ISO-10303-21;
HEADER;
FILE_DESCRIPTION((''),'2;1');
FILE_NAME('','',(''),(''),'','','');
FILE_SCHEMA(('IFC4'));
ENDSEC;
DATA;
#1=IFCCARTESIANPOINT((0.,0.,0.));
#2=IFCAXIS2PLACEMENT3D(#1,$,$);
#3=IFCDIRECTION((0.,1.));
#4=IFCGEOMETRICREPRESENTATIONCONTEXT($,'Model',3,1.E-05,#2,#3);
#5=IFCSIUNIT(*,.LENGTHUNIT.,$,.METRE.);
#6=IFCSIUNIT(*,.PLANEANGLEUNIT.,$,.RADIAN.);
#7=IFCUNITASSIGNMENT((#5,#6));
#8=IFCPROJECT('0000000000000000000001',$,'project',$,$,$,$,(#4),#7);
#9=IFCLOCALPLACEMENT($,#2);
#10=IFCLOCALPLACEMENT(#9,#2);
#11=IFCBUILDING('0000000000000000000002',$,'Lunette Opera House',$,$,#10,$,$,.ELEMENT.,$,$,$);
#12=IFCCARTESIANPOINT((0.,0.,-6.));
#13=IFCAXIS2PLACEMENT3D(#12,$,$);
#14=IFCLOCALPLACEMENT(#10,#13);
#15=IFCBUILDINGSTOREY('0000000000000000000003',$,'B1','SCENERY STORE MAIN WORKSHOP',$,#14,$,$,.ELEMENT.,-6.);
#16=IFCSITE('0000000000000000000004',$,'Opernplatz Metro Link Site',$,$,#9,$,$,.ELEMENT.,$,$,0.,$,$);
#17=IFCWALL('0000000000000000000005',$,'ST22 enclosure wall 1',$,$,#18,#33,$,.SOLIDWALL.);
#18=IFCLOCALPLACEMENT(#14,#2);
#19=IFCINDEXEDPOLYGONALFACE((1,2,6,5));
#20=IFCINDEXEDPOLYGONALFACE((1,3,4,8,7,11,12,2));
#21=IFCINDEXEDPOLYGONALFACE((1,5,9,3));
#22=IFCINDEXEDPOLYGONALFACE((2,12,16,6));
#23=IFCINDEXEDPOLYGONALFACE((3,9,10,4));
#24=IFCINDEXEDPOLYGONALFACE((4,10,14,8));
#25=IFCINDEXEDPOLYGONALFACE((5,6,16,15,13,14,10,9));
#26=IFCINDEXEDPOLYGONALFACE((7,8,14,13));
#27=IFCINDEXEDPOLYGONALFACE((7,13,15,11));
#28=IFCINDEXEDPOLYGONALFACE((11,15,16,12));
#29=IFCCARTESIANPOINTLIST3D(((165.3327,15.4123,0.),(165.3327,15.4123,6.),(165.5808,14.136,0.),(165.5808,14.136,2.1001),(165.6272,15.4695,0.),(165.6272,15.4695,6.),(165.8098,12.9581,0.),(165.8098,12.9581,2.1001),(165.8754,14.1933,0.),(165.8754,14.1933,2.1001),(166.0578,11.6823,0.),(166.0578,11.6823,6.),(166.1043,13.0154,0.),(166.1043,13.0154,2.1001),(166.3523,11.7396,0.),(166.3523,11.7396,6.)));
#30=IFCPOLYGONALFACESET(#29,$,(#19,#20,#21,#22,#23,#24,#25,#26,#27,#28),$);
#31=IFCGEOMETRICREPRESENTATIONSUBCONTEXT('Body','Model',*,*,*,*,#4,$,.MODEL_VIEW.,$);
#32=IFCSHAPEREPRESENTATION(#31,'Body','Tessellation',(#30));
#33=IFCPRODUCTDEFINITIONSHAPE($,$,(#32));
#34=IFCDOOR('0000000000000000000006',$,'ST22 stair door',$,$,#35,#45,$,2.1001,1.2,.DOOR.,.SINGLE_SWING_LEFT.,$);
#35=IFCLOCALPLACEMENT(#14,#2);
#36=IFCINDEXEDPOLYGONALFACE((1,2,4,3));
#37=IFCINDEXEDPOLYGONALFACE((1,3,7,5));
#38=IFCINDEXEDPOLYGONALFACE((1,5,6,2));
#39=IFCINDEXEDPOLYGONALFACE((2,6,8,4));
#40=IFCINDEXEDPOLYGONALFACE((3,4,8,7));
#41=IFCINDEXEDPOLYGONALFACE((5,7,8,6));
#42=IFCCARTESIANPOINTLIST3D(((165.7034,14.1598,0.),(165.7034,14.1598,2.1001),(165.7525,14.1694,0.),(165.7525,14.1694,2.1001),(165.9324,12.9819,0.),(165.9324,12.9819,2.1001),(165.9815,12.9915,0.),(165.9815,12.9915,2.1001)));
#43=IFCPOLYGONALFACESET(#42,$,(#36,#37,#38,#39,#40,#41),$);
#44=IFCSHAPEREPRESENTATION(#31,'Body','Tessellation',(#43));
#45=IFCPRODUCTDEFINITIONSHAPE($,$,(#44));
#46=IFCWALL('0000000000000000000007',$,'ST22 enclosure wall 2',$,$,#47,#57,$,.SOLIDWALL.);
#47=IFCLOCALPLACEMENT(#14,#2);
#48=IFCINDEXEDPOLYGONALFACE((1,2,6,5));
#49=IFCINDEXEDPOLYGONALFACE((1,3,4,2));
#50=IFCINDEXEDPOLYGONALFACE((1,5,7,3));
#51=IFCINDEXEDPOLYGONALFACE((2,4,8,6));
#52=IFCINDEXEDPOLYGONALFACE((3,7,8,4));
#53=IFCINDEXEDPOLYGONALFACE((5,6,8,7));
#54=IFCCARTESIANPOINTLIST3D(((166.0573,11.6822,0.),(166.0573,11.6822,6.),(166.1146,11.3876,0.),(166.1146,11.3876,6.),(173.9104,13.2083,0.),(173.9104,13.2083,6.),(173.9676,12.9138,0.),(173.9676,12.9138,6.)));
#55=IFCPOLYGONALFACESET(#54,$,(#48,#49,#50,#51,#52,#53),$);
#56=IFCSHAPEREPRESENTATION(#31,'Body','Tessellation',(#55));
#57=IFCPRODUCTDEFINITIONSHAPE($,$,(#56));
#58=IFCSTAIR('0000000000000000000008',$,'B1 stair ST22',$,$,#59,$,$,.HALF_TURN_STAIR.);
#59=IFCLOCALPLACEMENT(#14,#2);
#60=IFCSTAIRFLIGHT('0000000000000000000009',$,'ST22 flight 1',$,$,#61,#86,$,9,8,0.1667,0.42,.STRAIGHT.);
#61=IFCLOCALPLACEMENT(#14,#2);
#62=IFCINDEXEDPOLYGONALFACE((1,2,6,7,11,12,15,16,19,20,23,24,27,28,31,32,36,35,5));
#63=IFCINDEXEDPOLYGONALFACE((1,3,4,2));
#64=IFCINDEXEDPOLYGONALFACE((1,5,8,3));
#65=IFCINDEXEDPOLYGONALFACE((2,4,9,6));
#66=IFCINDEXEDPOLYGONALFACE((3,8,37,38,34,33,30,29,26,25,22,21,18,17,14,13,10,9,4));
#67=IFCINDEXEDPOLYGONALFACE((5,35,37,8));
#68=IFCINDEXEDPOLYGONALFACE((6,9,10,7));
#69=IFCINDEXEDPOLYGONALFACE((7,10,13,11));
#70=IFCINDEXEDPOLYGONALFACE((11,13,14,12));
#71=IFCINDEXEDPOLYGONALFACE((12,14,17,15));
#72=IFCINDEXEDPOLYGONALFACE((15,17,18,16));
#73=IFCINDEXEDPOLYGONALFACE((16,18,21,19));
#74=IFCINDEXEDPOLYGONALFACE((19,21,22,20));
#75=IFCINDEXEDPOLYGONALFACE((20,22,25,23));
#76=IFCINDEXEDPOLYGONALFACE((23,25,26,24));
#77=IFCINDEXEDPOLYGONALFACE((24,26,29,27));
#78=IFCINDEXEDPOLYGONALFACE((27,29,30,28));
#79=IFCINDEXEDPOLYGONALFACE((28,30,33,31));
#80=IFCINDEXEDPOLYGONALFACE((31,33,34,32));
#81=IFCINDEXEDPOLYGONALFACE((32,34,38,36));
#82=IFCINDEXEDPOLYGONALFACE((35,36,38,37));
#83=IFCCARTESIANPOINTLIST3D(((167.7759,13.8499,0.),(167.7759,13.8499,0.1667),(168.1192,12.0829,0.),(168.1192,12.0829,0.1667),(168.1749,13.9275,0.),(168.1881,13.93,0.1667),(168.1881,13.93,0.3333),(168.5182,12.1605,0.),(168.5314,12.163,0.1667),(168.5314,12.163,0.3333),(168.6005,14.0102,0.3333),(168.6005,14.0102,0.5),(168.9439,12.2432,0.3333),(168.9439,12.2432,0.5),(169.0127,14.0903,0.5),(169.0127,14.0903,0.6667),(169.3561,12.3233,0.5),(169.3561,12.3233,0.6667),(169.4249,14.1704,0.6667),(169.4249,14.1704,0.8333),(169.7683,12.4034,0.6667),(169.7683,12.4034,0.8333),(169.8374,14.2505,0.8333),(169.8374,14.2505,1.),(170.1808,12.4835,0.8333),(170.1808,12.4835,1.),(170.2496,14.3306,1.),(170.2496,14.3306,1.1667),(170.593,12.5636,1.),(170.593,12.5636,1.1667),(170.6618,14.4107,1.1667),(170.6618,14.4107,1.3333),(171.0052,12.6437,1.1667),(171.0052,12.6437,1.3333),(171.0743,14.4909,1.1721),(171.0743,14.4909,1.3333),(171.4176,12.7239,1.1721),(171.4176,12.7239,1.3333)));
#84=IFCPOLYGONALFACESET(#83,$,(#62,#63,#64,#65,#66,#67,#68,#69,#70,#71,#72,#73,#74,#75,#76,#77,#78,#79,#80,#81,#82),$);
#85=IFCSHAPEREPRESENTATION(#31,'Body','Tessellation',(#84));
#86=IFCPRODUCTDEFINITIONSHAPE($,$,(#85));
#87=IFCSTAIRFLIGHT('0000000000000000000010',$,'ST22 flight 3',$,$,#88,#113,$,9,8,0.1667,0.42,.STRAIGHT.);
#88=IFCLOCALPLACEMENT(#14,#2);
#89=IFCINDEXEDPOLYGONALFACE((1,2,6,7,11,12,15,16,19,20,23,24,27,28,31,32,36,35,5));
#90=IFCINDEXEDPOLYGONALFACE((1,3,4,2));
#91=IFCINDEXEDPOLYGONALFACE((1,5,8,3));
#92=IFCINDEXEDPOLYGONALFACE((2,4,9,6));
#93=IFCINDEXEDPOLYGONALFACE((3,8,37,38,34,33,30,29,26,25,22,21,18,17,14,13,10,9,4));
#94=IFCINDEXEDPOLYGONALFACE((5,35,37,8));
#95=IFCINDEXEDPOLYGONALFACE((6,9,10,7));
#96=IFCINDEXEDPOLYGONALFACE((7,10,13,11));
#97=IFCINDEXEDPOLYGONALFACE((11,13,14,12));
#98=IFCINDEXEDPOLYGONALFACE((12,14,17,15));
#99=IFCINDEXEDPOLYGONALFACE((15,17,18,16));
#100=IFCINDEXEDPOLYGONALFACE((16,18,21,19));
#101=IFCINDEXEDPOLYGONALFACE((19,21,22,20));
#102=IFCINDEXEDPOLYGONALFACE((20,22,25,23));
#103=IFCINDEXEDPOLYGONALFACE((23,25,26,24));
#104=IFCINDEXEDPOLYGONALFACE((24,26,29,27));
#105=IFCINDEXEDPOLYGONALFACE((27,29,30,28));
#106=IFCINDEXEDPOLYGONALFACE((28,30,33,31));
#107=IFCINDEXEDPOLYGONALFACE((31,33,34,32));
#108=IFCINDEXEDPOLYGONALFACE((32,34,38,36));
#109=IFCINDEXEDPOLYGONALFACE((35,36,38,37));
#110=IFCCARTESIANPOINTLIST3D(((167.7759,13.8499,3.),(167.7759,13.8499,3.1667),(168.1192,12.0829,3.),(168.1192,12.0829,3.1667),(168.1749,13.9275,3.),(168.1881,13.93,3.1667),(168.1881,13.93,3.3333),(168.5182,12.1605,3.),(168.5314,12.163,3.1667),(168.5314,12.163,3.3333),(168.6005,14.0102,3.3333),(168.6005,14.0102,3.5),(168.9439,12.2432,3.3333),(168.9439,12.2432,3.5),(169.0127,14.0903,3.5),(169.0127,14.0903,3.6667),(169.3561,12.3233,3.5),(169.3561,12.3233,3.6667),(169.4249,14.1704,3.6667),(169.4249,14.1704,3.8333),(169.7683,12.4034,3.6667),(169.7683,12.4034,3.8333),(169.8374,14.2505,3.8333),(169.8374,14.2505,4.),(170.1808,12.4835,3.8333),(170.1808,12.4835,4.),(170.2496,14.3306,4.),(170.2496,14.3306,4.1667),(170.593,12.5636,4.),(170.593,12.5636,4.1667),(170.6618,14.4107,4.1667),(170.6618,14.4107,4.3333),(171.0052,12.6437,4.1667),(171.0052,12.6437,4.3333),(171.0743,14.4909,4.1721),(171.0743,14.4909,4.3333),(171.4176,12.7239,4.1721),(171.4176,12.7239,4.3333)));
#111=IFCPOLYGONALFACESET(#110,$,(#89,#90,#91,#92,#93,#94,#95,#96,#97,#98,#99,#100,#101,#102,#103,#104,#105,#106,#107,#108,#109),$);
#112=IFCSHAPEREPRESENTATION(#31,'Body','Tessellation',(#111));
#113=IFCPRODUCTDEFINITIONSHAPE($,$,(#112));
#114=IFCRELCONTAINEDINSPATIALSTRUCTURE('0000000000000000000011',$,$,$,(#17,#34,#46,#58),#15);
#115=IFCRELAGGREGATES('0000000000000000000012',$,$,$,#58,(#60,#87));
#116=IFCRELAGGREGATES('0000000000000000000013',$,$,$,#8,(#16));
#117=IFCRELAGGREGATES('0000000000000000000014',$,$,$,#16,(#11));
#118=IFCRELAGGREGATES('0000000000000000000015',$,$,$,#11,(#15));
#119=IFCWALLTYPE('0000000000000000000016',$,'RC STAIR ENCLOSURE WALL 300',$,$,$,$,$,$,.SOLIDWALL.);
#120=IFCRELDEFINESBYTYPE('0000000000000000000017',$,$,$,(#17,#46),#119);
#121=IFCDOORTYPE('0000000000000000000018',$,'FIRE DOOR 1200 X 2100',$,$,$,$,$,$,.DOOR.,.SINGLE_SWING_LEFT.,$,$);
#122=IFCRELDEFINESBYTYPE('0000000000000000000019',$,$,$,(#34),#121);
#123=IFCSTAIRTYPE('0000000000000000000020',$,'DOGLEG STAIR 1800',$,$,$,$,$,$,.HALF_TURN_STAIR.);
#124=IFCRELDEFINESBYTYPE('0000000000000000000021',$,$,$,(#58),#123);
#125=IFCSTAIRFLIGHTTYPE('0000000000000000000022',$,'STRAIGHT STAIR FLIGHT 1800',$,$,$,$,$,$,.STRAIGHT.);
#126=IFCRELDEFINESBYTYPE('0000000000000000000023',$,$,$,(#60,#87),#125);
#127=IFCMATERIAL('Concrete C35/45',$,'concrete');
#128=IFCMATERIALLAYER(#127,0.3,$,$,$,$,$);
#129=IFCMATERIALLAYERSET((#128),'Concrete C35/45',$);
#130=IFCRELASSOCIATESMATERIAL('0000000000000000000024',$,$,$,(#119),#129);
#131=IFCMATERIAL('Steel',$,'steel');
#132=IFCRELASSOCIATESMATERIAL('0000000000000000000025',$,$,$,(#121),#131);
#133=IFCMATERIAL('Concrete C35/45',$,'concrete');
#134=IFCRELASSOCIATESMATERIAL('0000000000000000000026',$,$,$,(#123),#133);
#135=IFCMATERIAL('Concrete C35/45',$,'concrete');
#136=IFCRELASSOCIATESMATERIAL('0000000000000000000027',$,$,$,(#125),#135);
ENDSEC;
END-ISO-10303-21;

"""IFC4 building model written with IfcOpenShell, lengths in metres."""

from ifc_helpers import new_model, si_unit, direction, frame, frame_2d, origin, place, context, subcontext, project, spatial, polyline, rectangle, outline, extrude, material, layer, layer_set, type_object, element, fill, aggregate, save


model = new_model("IFC4")

# Units and contexts
model_context = context("Model", 3, precision=1e-05, world=origin(), true_north=direction((0.0, 1.0)))
body_context = subcontext(model_context, "Body", "Model", "MODEL_VIEW")
ifc_project = project(units=[si_unit("LENGTHUNIT", "METRE"), si_unit("PLANEANGLEUNIT", "RADIAN")], contexts=[model_context])

# Site, building, storey
site_placement = place(None, origin())
site = spatial("IfcSite", under=ifc_project, at=site_placement, Name="Opernplatz Metro Link Site", CompositionType="ELEMENT", RefElevation=0.0)
building_placement = place(site_placement, origin())
building = spatial("IfcBuilding", under=site, at=building_placement, Name="Lunette Opera House", CompositionType="ELEMENT")
storey_placement = place(building_placement, frame((0.0, 0.0, -6.0)))
storey = spatial("IfcBuildingStorey", under=building, at=storey_placement, Name="B1", Description="SCENERY STORE MAIN WORKSHOP", CompositionType="ELEMENT", Elevation=-6.0)

# Wall, opening, door
ifc_material_1 = material(Name="Concrete C35/45", Category="concrete")
ifc_layer = layer(ifc_material_1, 0.3)
ifc_layer_set = layer_set([ifc_layer], Name="Concrete C35/45")
wall_type = type_object("IfcWallType", Name="RC STAIR ENCLOSURE WALL 300", PredefinedType="SOLIDWALL", material=ifc_layer_set)
wall_1_placement = place(storey_placement, frame((165.48, 15.4409, 0.0), z_axis=(0.0, 0.0, 1.0), x_axis=(0.190825, -0.981624, 0.0)))
wall_1 = element("IfcWall", 1, at=wall_1_placement, inside=storey, type_object=wall_type, Name="ST22 enclosure wall 1", PredefinedType="SOLIDWALL", context=body_context, shape_type="SweptSolid", body=[
    extrude(rectangle(XDim=3.7998, YDim=0.3, at=frame_2d((1.8999, 0.0))), origin(), (0.0, 0.0, 1.0), 6.0),
])
opening_placement = place(wall_1_placement, frame((1.3, 0.0, 0.0)))
opening = element("IfcOpeningElement", 2, at=opening_placement, cuts=wall_1, PredefinedType="OPENING", context=body_context, shape_type="SweptSolid", body=[
    extrude(rectangle(XDim=1.2, YDim=2.1001, at=frame_2d((0.6001, 1.05))), frame((0.0, 0.1621, 0.0), z_axis=(0.0, -1.0, 0.0), x_axis=(1.0, 0.0, 0.0)), (0.0, 0.0, 1.0), 0.324),
])
ifc_material_2 = material(Name="Steel", Category="steel")
door_type = type_object("IfcDoorType", Name="FIRE DOOR 1200 X 2100", OperationType="SINGLE_SWING_LEFT", PredefinedType="DOOR", material=ifc_material_2)
door_placement = place(opening_placement, origin())
door = element("IfcDoor", 3, at=door_placement, inside=storey, type_object=door_type, Name="ST22 stair door", OperationType="SINGLE_SWING_LEFT", OverallHeight=2.1001, OverallWidth=1.2, PredefinedType="DOOR", context=body_context, shape_type="SweptSolid", body=[
    extrude(rectangle(XDim=1.2, YDim=2.1001, at=frame_2d((0.6001, 1.05))), frame((0.0, 0.0249, 0.0), z_axis=(0.0, -1.0, 0.0), x_axis=(1.0, 0.0, 0.0)), (0.0, 0.0, 1.0), 0.05),
])
fill(opening, door)

# Wall
wall_2_placement = place(storey_placement, frame((166.0859, 11.5349, 0.0), z_axis=(0.0, 0.0, 1.0), x_axis=(0.981635, 0.190767, 0.0)))
element("IfcWall", 4, at=wall_2_placement, inside=storey, type_object=wall_type, Name="ST22 enclosure wall 2", PredefinedType="SOLIDWALL", context=body_context, shape_type="SweptSolid", body=[
    extrude(rectangle(XDim=8.0, YDim=0.3, at=frame_2d((4.0, 0.0))), origin(), (0.0, 0.0, 1.0), 6.0),
])

# Stair, stair flights
ifc_material_3 = material(Name="Concrete C35/45", Category="concrete")
stair_type = type_object("IfcStairType", Name="DOGLEG STAIR 1800", PredefinedType="HALF_TURN_STAIR", material=ifc_material_3)
stair_placement = place(storey_placement, origin())
stair = element("IfcStair", 5, at=stair_placement, inside=storey, type_object=stair_type, Name="B1 stair ST22", PredefinedType="HALF_TURN_STAIR")
ifc_material_4 = material(Name="Concrete C35/45", Category="concrete")
stair_flight_type = type_object("IfcStairFlightType", Name="STRAIGHT STAIR FLIGHT 1800", PredefinedType="STRAIGHT", material=ifc_material_4)
stair_flight_1_placement = place(storey_placement, frame((167.9475, 12.9666, 0.0), z_axis=(0.0, 0.0, 1.0), x_axis=(0.981638, 0.190753, 0.0)))
stair_flight_1 = element("IfcStairFlight", 6, at=stair_flight_1_placement, type_object=stair_flight_type, Name="ST22 flight 1", NumberOfRisers=9, NumberOfTreads=8, PredefinedType="STRAIGHT", RiserHeight=0.1667, TreadLength=0.42, context=body_context, shape_type="SweptSolid", body=[
    extrude(outline(polyline([(0.0, 0.0), (0.0, 0.1667), (0.4199, 0.1667), (0.4199, 0.3333), (0.8401, 0.3333), (0.8401, 0.5), (1.26, 0.5), (1.26, 0.6667), (1.6799, 0.6667), (1.6799, 0.8333), (2.1001, 0.8333), (2.1001, 1.0), (2.52, 1.0), (2.52, 1.1667), (2.9399, 1.1667), (2.9399, 1.3333), (3.3601, 1.3333), (3.3601, 1.5), (3.3601, 1.1721), (0.4065, 0.0), (0.0, 0.0)])), frame((0.0, 0.8999, 0.0), z_axis=(0.0, -1.0, 0.0), x_axis=(1.0, 0.0, 0.0)), (0.0, 0.0, 1.0), 1.8),
])
stair_flight_2_placement = place(storey_placement, frame((167.9475, 12.9666, 3.0), z_axis=(0.0, 0.0, 1.0), x_axis=(0.981638, 0.190753, 0.0)))
stair_flight_2 = element("IfcStairFlight", 7, at=stair_flight_2_placement, type_object=stair_flight_type, Name="ST22 flight 3", NumberOfRisers=9, NumberOfTreads=8, PredefinedType="STRAIGHT", RiserHeight=0.1667, TreadLength=0.42, context=body_context, shape_type="SweptSolid", body=[
    extrude(outline(polyline([(0.0, 0.0), (0.0, 0.1667), (0.4199, 0.1667), (0.4199, 0.3333), (0.8401, 0.3333), (0.8401, 0.5), (1.26, 0.5), (1.26, 0.6667), (1.6799, 0.6667), (1.6799, 0.8333), (2.1001, 0.8333), (2.1001, 1.0), (2.52, 1.0), (2.52, 1.1667), (2.9399, 1.1667), (2.9399, 1.3333), (3.3601, 1.3333), (3.3601, 1.5), (3.3601, 1.1721), (0.4065, 0.0), (0.0, 0.0)])), frame((0.0, 0.8999, 0.0), z_axis=(0.0, -1.0, 0.0), x_axis=(1.0, 0.0, 0.0)), (0.0, 0.0, 1.0), 1.8),
])
aggregate(stair, [stair_flight_1, stair_flight_2])

save(model, "model.ifc")
